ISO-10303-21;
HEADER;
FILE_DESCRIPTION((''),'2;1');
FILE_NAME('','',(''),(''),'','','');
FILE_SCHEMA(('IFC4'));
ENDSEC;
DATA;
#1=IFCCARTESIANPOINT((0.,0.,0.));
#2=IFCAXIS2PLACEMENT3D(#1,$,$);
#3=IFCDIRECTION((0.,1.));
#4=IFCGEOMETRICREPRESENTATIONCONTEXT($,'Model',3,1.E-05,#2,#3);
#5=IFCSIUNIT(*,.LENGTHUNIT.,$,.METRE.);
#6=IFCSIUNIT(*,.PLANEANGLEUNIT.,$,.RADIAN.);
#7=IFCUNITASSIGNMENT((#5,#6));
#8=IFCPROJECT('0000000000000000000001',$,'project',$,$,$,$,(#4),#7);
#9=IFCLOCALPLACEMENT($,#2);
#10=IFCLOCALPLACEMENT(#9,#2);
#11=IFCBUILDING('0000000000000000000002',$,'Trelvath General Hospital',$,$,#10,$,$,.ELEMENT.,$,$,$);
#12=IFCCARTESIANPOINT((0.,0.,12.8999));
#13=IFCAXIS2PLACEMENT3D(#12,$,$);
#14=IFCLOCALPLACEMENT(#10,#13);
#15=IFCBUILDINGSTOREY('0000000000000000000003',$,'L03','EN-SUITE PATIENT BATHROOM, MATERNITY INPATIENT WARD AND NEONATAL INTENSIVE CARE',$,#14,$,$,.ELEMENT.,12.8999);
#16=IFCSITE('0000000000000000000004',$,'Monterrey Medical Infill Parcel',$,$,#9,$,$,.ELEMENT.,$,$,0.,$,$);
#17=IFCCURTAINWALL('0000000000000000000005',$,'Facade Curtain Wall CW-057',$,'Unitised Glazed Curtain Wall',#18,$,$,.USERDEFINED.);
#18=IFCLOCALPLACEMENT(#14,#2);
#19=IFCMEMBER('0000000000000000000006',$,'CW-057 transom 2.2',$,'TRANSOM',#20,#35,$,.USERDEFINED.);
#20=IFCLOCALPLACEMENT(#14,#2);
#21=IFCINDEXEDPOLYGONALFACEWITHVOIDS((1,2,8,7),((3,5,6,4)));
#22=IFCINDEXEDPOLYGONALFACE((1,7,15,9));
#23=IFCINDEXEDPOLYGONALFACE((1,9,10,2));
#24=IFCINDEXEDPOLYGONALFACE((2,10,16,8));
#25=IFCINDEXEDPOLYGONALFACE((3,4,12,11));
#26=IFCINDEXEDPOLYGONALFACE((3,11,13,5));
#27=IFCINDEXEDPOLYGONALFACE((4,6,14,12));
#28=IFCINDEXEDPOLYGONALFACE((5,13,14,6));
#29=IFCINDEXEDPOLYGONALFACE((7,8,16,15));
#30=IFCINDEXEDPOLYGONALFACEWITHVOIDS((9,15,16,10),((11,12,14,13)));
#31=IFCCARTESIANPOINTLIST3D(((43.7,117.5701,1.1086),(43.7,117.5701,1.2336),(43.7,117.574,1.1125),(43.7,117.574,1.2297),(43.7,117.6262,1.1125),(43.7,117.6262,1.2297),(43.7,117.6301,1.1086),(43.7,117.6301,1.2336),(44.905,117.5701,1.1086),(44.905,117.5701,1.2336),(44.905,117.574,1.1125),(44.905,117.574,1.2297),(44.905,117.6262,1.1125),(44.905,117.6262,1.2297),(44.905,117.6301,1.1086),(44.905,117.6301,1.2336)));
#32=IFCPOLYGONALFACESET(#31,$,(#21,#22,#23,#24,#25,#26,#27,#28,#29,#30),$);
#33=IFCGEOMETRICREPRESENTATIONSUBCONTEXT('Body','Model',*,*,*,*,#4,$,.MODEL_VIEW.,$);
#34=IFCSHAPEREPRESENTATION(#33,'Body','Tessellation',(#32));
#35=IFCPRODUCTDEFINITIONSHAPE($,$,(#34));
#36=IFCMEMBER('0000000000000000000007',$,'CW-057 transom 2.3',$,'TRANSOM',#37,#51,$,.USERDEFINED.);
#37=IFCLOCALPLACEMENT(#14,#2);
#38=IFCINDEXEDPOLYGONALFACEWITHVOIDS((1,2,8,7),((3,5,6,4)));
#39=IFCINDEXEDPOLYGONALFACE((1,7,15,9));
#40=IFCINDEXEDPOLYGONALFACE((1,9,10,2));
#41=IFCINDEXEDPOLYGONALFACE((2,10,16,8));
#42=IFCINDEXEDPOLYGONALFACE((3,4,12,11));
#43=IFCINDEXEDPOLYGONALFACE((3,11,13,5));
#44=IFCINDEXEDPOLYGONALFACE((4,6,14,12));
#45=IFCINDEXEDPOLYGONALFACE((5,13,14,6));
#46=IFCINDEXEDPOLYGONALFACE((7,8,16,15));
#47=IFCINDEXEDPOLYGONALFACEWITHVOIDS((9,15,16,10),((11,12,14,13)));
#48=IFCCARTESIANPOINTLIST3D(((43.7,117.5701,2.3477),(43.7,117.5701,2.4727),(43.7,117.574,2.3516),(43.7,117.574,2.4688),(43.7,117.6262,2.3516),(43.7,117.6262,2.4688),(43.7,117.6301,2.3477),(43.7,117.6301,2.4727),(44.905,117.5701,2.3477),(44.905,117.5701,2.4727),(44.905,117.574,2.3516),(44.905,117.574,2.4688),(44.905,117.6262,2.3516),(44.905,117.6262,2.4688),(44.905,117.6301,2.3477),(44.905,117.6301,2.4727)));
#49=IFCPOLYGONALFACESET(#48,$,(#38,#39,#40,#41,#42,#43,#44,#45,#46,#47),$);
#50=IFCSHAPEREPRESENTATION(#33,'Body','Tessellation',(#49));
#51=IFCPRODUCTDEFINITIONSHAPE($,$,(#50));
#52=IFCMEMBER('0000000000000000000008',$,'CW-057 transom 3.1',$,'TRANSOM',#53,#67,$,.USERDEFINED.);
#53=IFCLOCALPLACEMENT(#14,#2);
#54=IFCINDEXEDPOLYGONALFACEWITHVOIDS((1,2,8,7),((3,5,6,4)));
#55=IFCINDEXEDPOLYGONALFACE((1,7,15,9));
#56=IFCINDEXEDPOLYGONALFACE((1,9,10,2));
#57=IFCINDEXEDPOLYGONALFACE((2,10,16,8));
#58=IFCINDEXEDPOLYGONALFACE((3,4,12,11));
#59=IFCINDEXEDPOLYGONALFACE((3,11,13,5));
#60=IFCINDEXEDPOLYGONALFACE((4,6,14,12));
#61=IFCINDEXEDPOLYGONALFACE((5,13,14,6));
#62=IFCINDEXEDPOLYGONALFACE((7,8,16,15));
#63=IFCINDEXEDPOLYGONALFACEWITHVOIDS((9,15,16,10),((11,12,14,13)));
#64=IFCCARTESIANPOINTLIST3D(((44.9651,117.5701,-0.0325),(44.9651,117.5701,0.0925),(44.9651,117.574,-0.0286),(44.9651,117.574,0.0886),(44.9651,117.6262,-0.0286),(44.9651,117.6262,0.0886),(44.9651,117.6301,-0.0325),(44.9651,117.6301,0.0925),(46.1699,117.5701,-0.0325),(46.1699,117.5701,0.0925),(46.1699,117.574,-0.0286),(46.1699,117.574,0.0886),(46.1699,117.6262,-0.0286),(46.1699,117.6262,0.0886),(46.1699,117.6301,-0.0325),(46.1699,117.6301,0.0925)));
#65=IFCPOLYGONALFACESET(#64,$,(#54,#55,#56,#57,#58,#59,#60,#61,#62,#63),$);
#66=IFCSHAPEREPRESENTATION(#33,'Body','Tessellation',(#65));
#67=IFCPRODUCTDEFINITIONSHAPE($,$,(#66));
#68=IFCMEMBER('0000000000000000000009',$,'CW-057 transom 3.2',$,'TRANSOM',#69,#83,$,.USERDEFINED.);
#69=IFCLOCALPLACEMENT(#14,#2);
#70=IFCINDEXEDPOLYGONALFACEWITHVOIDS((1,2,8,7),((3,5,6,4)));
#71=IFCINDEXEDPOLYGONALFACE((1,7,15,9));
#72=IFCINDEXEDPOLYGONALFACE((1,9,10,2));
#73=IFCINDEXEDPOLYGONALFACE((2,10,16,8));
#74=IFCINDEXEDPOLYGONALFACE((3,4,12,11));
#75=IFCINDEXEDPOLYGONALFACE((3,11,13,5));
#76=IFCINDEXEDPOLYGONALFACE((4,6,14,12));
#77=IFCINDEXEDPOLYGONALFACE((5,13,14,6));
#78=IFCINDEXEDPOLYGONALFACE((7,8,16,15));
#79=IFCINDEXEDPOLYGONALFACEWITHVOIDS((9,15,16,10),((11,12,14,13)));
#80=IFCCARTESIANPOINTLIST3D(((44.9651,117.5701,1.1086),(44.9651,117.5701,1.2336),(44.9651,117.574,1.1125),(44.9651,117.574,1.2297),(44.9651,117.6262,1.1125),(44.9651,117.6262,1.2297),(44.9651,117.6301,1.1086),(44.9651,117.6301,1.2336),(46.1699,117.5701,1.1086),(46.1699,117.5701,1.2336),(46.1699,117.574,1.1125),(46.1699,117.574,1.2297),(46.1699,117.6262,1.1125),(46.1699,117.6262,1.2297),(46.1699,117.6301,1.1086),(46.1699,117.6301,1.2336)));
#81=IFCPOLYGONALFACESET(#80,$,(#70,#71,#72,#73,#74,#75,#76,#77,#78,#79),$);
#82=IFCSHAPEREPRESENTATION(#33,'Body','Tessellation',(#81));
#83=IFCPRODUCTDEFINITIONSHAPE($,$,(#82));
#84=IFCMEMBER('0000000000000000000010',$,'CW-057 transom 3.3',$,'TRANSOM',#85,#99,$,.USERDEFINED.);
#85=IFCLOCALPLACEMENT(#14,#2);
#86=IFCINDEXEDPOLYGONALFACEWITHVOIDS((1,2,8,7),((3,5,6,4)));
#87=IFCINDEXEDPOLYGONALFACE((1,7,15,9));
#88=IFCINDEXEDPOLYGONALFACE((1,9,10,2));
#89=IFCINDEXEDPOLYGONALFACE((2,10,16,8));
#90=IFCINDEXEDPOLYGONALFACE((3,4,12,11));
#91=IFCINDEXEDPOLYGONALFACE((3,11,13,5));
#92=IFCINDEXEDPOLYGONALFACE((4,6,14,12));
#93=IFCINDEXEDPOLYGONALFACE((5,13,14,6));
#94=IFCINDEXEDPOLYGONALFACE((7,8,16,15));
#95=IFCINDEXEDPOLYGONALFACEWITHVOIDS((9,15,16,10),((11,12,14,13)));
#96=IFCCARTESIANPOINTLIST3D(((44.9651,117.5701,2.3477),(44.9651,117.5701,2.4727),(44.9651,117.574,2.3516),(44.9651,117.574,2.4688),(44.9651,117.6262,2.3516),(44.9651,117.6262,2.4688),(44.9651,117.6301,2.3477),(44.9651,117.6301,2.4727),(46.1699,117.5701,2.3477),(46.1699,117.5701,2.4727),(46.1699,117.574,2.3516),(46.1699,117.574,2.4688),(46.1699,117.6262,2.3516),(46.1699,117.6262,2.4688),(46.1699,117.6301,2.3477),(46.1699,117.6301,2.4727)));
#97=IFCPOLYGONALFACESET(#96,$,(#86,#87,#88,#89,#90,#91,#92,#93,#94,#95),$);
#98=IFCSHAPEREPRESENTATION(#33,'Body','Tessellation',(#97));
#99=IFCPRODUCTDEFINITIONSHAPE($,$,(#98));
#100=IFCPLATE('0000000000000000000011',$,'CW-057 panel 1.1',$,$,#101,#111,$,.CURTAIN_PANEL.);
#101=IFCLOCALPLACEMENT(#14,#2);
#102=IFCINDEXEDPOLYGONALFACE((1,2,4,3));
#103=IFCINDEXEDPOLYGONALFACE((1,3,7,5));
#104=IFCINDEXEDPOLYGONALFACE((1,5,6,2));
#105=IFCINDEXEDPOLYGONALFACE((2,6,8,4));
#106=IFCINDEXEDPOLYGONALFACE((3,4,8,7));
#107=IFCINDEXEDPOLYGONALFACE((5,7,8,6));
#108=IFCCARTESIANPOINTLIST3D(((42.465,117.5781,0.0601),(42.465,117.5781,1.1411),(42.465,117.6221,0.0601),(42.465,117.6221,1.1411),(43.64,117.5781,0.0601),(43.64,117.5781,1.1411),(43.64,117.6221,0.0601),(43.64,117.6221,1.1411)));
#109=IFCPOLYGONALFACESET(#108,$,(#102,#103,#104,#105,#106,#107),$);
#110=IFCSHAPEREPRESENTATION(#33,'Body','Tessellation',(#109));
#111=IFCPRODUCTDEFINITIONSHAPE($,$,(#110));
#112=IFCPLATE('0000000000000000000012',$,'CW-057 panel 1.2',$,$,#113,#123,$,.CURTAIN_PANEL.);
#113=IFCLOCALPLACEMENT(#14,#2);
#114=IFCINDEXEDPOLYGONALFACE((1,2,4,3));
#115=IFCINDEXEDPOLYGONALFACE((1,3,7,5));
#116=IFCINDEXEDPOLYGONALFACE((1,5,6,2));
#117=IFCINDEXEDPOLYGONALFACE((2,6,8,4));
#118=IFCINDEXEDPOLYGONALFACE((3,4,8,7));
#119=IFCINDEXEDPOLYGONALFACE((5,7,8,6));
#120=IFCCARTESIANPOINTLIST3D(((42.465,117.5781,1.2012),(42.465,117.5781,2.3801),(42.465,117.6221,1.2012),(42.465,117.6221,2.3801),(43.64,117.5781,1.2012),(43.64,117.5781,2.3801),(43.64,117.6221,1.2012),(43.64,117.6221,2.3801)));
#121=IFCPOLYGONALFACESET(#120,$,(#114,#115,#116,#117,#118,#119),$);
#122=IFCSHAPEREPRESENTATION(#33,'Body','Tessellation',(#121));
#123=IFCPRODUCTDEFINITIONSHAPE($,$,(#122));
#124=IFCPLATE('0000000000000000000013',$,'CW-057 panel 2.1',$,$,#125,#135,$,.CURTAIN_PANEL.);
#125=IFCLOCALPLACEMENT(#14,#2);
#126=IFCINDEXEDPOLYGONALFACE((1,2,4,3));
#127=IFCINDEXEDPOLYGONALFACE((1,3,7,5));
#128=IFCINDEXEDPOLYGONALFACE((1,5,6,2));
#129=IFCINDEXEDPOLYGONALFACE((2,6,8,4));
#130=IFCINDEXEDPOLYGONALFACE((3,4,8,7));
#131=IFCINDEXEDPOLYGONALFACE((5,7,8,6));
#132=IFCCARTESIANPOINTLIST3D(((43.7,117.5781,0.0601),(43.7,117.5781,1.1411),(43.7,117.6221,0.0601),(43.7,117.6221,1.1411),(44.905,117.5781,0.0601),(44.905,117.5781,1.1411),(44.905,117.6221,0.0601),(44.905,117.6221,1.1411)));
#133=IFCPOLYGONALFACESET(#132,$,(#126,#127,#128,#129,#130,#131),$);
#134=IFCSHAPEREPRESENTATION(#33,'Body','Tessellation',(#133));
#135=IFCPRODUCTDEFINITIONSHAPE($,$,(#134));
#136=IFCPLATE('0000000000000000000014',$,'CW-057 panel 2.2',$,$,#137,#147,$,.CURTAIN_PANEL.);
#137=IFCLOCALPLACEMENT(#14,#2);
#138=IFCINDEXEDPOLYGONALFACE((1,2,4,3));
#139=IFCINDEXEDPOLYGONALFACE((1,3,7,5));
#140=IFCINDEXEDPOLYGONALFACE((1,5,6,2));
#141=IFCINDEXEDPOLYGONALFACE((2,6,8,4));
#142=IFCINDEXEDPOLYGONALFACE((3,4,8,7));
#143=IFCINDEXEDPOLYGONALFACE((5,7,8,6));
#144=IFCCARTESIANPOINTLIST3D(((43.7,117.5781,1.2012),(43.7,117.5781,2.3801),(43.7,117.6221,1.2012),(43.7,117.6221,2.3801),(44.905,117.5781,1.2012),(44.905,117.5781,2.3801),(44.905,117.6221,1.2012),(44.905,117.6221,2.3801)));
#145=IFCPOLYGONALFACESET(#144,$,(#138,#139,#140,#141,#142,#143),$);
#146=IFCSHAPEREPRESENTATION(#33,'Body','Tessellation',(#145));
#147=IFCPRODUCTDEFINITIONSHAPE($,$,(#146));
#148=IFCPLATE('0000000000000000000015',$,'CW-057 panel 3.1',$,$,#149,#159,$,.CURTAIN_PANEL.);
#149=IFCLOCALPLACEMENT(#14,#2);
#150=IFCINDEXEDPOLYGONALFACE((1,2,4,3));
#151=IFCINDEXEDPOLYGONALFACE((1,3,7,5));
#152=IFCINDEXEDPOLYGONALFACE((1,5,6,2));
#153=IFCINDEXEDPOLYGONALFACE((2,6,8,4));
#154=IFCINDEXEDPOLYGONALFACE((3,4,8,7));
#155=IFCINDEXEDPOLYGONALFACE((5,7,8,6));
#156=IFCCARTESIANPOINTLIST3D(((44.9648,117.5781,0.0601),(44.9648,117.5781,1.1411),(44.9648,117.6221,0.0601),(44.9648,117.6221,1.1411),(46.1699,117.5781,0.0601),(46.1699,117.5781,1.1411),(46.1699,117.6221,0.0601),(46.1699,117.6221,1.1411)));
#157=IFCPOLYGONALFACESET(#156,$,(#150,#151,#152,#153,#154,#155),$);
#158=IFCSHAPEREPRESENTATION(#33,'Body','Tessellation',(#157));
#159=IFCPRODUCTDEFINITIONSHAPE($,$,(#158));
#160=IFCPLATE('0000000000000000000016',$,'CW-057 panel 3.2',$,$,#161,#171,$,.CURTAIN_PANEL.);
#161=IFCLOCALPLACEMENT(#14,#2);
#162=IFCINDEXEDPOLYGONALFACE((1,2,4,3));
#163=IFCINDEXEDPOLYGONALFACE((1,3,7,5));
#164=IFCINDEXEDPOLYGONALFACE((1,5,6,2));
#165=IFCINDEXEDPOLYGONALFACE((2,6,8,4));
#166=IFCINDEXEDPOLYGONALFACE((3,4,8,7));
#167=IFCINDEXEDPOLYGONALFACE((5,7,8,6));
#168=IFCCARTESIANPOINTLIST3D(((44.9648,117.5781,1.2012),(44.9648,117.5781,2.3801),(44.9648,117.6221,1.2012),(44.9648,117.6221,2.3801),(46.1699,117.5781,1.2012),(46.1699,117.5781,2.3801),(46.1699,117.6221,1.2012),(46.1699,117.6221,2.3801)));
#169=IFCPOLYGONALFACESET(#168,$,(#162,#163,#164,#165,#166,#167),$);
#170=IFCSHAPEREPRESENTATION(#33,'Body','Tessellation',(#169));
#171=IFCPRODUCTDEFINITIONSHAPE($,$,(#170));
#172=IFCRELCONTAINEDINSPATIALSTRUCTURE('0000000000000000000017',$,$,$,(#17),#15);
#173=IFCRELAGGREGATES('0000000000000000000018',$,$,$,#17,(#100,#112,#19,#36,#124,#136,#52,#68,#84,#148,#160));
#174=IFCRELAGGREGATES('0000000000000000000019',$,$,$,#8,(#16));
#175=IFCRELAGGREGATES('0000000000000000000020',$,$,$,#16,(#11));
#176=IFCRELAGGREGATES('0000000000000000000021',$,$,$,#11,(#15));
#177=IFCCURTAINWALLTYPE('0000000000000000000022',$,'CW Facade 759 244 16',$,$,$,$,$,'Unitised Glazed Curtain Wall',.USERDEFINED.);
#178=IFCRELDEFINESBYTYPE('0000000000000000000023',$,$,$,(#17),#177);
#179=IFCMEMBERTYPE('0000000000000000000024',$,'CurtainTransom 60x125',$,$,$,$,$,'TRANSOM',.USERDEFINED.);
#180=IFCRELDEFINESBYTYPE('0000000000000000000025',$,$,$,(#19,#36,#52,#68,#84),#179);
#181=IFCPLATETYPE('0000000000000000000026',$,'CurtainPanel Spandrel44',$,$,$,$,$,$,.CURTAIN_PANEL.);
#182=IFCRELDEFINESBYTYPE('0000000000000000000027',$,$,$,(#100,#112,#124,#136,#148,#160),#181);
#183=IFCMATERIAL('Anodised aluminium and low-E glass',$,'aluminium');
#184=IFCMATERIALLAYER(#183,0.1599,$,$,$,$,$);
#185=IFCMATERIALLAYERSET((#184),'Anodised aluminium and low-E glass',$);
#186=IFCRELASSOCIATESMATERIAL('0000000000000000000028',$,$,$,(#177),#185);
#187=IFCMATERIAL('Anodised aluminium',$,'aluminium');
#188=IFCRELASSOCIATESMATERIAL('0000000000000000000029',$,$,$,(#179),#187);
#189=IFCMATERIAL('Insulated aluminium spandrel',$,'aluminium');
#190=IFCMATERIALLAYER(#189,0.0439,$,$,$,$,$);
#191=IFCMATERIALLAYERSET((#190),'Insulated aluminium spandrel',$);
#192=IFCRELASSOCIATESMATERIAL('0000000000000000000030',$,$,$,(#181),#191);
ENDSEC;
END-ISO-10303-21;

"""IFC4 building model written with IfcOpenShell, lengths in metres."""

from ifc_helpers import new_model, si_unit, direction, frame, origin, origin_2d, place, context, subcontext, project, spatial, rectangle, hollow_rectangle, extrude, material, layer, layer_set, material_profile, profile_set, type_object, element, aggregate, save


model = new_model("IFC4")

# Units and contexts
model_context = context("Model", 3, precision=1e-05, world=origin(), true_north=direction((0.0, 1.0)))
body_context = subcontext(model_context, "Body", "Model", "MODEL_VIEW")
ifc_project = project(units=[si_unit("LENGTHUNIT", "METRE"), si_unit("PLANEANGLEUNIT", "RADIAN")], contexts=[model_context])

# Site, building, storey
site_placement = place(None, origin())
site = spatial("IfcSite", under=ifc_project, at=site_placement, Name="Monterrey Medical Infill Parcel", CompositionType="ELEMENT", RefElevation=0.0)
building_placement = place(site_placement, origin())
building = spatial("IfcBuilding", under=site, at=building_placement, Name="Trelvath General Hospital", CompositionType="ELEMENT")
storey_placement = place(building_placement, frame((0.0, 0.0, 12.8999)))
storey = spatial("IfcBuildingStorey", under=building, at=storey_placement, Name="L03", Description="EN-SUITE PATIENT BATHROOM, MATERNITY INPATIENT WARD AND NEONATAL INTENSIVE CARE", CompositionType="ELEMENT", Elevation=12.8999)

# Curtain wall, members, plates
ifc_material_1 = material(Name="Anodised aluminium and low-E glass", Category="aluminium")
ifc_layer_1 = layer(ifc_material_1, 0.1599)
ifc_layer_set_1 = layer_set([ifc_layer_1], Name="Anodised aluminium and low-E glass")
curtain_wall_type = type_object("IfcCurtainWallType", Name="CW Facade 759 244 16", ElementType="Unitised Glazed Curtain Wall", PredefinedType="USERDEFINED", material=ifc_layer_set_1)
curtain_wall_placement = place(storey_placement, origin())
curtain_wall = element("IfcCurtainWall", 1, at=curtain_wall_placement, inside=storey, type_object=curtain_wall_type, Name="Facade Curtain Wall CW-057", ObjectType="Unitised Glazed Curtain Wall", PredefinedType="USERDEFINED")
ifc_material_2 = material(Name="Anodised aluminium", Category="aluminium")
ifc_material_profile_1 = material_profile(ifc_material_2, hollow_rectangle(XDim=0.0601, YDim=0.125, WallThickness=0.0039, at=origin_2d()), Name="RHS60x125x4")
ifc_profile_set_1 = profile_set([ifc_material_profile_1], Name="Anodised aluminium")
member_type_1 = type_object("IfcMemberType", Name="CurtainTransom 60x125", ElementType="TRANSOM", PredefinedType="USERDEFINED", material=ifc_profile_set_1)
member_1_placement = place(storey_placement, frame((43.7, 117.6001, 1.1711), z_axis=(1.0, 0.0, 0.0), x_axis=(0.0, 1.0, 0.0)))
member_1 = element("IfcMember", 2, at=member_1_placement, type_object=member_type_1, Name="CW-057 transom 2.2", ObjectType="TRANSOM", PredefinedType="USERDEFINED", context=body_context, shape_type="SweptSolid", body=[
    extrude(hollow_rectangle(XDim=0.0601, YDim=0.125, WallThickness=0.0039, at=origin_2d()), origin(), (0.0, 0.0, 1.0), 1.2051),
])
member_2_placement = place(storey_placement, frame((43.7, 117.6001, 2.4102), z_axis=(1.0, 0.0, 0.0), x_axis=(0.0, 1.0, 0.0)))
member_2 = element("IfcMember", 3, at=member_2_placement, type_object=member_type_1, Name="CW-057 transom 2.3", ObjectType="TRANSOM", PredefinedType="USERDEFINED", context=body_context, shape_type="SweptSolid", body=[
    extrude(hollow_rectangle(XDim=0.0601, YDim=0.125, WallThickness=0.0039, at=origin_2d()), origin(), (0.0, 0.0, 1.0), 1.2051),
])
member_3_placement = place(storey_placement, frame((44.9651, 117.6001, 0.03), z_axis=(1.0, 0.0, 0.0), x_axis=(0.0, 1.0, 0.0)))
member_3 = element("IfcMember", 4, at=member_3_placement, type_object=member_type_1, Name="CW-057 transom 3.1", ObjectType="TRANSOM", PredefinedType="USERDEFINED", context=body_context, shape_type="SweptSolid", body=[
    extrude(hollow_rectangle(XDim=0.0601, YDim=0.125, WallThickness=0.0039, at=origin_2d()), origin(), (0.0, 0.0, 1.0), 1.2048),
])
member_4_placement = place(storey_placement, frame((44.9651, 117.6001, 1.1711), z_axis=(1.0, 0.0, 0.0), x_axis=(0.0, 1.0, 0.0)))
member_4 = element("IfcMember", 5, at=member_4_placement, type_object=member_type_1, Name="CW-057 transom 3.2", ObjectType="TRANSOM", PredefinedType="USERDEFINED", context=body_context, shape_type="SweptSolid", body=[
    extrude(hollow_rectangle(XDim=0.0601, YDim=0.125, WallThickness=0.0039, at=origin_2d()), origin(), (0.0, 0.0, 1.0), 1.2048),
])
member_5_placement = place(storey_placement, frame((44.9651, 117.6001, 2.4102), z_axis=(1.0, 0.0, 0.0), x_axis=(0.0, 1.0, 0.0)))
member_5 = element("IfcMember", 6, at=member_5_placement, type_object=member_type_1, Name="CW-057 transom 3.3", ObjectType="TRANSOM", PredefinedType="USERDEFINED", context=body_context, shape_type="SweptSolid", body=[
    extrude(hollow_rectangle(XDim=0.0601, YDim=0.125, WallThickness=0.0039, at=origin_2d()), origin(), (0.0, 0.0, 1.0), 1.2048),
])
ifc_material_3 = material(Name="Insulated aluminium spandrel", Category="aluminium")
ifc_layer_2 = layer(ifc_material_3, 0.0439)
ifc_layer_set_2 = layer_set([ifc_layer_2], Name="Insulated aluminium spandrel")
plate_type = type_object("IfcPlateType", Name="CurtainPanel Spandrel44", PredefinedType="CURTAIN_PANEL", material=ifc_layer_set_2)
plate_1_placement = place(storey_placement, frame((43.0525, 117.6001, 0.0601), z_axis=(0.0, 0.0, 1.0), x_axis=(1.0, 0.0, 0.0)))
plate_1 = element("IfcPlate", 7, at=plate_1_placement, type_object=plate_type, Name="CW-057 panel 1.1", PredefinedType="CURTAIN_PANEL", context=body_context, shape_type="SweptSolid", body=[
    extrude(rectangle(XDim=1.175, YDim=0.0439, at=origin_2d()), origin(), (0.0, 0.0, 1.0), 1.0811),
])
plate_2_placement = place(storey_placement, frame((43.0525, 117.6001, 1.2012), z_axis=(0.0, 0.0, 1.0), x_axis=(1.0, 0.0, 0.0)))
plate_2 = element("IfcPlate", 8, at=plate_2_placement, type_object=plate_type, Name="CW-057 panel 1.2", PredefinedType="CURTAIN_PANEL", context=body_context, shape_type="SweptSolid", body=[
    extrude(rectangle(XDim=1.175, YDim=0.0439, at=origin_2d()), origin(), (0.0, 0.0, 1.0), 1.179),
])
plate_3_placement = place(storey_placement, frame((44.3025, 117.6001, 0.0601), z_axis=(0.0, 0.0, 1.0), x_axis=(1.0, 0.0, 0.0)))
plate_3 = element("IfcPlate", 9, at=plate_3_placement, type_object=plate_type, Name="CW-057 panel 2.1", PredefinedType="CURTAIN_PANEL", context=body_context, shape_type="SweptSolid", body=[
    extrude(rectangle(XDim=1.2051, YDim=0.0439, at=origin_2d()), origin(), (0.0, 0.0, 1.0), 1.0811),
])
plate_4_placement = place(storey_placement, frame((44.3025, 117.6001, 1.2012), z_axis=(0.0, 0.0, 1.0), x_axis=(1.0, 0.0, 0.0)))
plate_4 = element("IfcPlate", 10, at=plate_4_placement, type_object=plate_type, Name="CW-057 panel 2.2", PredefinedType="CURTAIN_PANEL", context=body_context, shape_type="SweptSolid", body=[
    extrude(rectangle(XDim=1.2051, YDim=0.0439, at=origin_2d()), origin(), (0.0, 0.0, 1.0), 1.179),
])
plate_5_placement = place(storey_placement, frame((45.5674, 117.6001, 0.0601), z_axis=(0.0, 0.0, 1.0), x_axis=(1.0, 0.0, 0.0)))
plate_5 = element("IfcPlate", 11, at=plate_5_placement, type_object=plate_type, Name="CW-057 panel 3.1", PredefinedType="CURTAIN_PANEL", context=body_context, shape_type="SweptSolid", body=[
    extrude(rectangle(XDim=1.2051, YDim=0.0439, at=origin_2d()), origin(), (0.0, 0.0, 1.0), 1.0811),
])
plate_6_placement = place(storey_placement, frame((45.5674, 117.6001, 1.2012), z_axis=(0.0, 0.0, 1.0), x_axis=(1.0, 0.0, 0.0)))
plate_6 = element("IfcPlate", 12, at=plate_6_placement, type_object=plate_type, Name="CW-057 panel 3.2", PredefinedType="CURTAIN_PANEL", context=body_context, shape_type="SweptSolid", body=[
    extrude(rectangle(XDim=1.2051, YDim=0.0439, at=origin_2d()), origin(), (0.0, 0.0, 1.0), 1.179),
])
aggregate(curtain_wall, [plate_1, plate_2, member_1, member_2, plate_3, plate_4, member_3, member_4, member_5, plate_5, plate_6])

save(model, "model.ifc")
